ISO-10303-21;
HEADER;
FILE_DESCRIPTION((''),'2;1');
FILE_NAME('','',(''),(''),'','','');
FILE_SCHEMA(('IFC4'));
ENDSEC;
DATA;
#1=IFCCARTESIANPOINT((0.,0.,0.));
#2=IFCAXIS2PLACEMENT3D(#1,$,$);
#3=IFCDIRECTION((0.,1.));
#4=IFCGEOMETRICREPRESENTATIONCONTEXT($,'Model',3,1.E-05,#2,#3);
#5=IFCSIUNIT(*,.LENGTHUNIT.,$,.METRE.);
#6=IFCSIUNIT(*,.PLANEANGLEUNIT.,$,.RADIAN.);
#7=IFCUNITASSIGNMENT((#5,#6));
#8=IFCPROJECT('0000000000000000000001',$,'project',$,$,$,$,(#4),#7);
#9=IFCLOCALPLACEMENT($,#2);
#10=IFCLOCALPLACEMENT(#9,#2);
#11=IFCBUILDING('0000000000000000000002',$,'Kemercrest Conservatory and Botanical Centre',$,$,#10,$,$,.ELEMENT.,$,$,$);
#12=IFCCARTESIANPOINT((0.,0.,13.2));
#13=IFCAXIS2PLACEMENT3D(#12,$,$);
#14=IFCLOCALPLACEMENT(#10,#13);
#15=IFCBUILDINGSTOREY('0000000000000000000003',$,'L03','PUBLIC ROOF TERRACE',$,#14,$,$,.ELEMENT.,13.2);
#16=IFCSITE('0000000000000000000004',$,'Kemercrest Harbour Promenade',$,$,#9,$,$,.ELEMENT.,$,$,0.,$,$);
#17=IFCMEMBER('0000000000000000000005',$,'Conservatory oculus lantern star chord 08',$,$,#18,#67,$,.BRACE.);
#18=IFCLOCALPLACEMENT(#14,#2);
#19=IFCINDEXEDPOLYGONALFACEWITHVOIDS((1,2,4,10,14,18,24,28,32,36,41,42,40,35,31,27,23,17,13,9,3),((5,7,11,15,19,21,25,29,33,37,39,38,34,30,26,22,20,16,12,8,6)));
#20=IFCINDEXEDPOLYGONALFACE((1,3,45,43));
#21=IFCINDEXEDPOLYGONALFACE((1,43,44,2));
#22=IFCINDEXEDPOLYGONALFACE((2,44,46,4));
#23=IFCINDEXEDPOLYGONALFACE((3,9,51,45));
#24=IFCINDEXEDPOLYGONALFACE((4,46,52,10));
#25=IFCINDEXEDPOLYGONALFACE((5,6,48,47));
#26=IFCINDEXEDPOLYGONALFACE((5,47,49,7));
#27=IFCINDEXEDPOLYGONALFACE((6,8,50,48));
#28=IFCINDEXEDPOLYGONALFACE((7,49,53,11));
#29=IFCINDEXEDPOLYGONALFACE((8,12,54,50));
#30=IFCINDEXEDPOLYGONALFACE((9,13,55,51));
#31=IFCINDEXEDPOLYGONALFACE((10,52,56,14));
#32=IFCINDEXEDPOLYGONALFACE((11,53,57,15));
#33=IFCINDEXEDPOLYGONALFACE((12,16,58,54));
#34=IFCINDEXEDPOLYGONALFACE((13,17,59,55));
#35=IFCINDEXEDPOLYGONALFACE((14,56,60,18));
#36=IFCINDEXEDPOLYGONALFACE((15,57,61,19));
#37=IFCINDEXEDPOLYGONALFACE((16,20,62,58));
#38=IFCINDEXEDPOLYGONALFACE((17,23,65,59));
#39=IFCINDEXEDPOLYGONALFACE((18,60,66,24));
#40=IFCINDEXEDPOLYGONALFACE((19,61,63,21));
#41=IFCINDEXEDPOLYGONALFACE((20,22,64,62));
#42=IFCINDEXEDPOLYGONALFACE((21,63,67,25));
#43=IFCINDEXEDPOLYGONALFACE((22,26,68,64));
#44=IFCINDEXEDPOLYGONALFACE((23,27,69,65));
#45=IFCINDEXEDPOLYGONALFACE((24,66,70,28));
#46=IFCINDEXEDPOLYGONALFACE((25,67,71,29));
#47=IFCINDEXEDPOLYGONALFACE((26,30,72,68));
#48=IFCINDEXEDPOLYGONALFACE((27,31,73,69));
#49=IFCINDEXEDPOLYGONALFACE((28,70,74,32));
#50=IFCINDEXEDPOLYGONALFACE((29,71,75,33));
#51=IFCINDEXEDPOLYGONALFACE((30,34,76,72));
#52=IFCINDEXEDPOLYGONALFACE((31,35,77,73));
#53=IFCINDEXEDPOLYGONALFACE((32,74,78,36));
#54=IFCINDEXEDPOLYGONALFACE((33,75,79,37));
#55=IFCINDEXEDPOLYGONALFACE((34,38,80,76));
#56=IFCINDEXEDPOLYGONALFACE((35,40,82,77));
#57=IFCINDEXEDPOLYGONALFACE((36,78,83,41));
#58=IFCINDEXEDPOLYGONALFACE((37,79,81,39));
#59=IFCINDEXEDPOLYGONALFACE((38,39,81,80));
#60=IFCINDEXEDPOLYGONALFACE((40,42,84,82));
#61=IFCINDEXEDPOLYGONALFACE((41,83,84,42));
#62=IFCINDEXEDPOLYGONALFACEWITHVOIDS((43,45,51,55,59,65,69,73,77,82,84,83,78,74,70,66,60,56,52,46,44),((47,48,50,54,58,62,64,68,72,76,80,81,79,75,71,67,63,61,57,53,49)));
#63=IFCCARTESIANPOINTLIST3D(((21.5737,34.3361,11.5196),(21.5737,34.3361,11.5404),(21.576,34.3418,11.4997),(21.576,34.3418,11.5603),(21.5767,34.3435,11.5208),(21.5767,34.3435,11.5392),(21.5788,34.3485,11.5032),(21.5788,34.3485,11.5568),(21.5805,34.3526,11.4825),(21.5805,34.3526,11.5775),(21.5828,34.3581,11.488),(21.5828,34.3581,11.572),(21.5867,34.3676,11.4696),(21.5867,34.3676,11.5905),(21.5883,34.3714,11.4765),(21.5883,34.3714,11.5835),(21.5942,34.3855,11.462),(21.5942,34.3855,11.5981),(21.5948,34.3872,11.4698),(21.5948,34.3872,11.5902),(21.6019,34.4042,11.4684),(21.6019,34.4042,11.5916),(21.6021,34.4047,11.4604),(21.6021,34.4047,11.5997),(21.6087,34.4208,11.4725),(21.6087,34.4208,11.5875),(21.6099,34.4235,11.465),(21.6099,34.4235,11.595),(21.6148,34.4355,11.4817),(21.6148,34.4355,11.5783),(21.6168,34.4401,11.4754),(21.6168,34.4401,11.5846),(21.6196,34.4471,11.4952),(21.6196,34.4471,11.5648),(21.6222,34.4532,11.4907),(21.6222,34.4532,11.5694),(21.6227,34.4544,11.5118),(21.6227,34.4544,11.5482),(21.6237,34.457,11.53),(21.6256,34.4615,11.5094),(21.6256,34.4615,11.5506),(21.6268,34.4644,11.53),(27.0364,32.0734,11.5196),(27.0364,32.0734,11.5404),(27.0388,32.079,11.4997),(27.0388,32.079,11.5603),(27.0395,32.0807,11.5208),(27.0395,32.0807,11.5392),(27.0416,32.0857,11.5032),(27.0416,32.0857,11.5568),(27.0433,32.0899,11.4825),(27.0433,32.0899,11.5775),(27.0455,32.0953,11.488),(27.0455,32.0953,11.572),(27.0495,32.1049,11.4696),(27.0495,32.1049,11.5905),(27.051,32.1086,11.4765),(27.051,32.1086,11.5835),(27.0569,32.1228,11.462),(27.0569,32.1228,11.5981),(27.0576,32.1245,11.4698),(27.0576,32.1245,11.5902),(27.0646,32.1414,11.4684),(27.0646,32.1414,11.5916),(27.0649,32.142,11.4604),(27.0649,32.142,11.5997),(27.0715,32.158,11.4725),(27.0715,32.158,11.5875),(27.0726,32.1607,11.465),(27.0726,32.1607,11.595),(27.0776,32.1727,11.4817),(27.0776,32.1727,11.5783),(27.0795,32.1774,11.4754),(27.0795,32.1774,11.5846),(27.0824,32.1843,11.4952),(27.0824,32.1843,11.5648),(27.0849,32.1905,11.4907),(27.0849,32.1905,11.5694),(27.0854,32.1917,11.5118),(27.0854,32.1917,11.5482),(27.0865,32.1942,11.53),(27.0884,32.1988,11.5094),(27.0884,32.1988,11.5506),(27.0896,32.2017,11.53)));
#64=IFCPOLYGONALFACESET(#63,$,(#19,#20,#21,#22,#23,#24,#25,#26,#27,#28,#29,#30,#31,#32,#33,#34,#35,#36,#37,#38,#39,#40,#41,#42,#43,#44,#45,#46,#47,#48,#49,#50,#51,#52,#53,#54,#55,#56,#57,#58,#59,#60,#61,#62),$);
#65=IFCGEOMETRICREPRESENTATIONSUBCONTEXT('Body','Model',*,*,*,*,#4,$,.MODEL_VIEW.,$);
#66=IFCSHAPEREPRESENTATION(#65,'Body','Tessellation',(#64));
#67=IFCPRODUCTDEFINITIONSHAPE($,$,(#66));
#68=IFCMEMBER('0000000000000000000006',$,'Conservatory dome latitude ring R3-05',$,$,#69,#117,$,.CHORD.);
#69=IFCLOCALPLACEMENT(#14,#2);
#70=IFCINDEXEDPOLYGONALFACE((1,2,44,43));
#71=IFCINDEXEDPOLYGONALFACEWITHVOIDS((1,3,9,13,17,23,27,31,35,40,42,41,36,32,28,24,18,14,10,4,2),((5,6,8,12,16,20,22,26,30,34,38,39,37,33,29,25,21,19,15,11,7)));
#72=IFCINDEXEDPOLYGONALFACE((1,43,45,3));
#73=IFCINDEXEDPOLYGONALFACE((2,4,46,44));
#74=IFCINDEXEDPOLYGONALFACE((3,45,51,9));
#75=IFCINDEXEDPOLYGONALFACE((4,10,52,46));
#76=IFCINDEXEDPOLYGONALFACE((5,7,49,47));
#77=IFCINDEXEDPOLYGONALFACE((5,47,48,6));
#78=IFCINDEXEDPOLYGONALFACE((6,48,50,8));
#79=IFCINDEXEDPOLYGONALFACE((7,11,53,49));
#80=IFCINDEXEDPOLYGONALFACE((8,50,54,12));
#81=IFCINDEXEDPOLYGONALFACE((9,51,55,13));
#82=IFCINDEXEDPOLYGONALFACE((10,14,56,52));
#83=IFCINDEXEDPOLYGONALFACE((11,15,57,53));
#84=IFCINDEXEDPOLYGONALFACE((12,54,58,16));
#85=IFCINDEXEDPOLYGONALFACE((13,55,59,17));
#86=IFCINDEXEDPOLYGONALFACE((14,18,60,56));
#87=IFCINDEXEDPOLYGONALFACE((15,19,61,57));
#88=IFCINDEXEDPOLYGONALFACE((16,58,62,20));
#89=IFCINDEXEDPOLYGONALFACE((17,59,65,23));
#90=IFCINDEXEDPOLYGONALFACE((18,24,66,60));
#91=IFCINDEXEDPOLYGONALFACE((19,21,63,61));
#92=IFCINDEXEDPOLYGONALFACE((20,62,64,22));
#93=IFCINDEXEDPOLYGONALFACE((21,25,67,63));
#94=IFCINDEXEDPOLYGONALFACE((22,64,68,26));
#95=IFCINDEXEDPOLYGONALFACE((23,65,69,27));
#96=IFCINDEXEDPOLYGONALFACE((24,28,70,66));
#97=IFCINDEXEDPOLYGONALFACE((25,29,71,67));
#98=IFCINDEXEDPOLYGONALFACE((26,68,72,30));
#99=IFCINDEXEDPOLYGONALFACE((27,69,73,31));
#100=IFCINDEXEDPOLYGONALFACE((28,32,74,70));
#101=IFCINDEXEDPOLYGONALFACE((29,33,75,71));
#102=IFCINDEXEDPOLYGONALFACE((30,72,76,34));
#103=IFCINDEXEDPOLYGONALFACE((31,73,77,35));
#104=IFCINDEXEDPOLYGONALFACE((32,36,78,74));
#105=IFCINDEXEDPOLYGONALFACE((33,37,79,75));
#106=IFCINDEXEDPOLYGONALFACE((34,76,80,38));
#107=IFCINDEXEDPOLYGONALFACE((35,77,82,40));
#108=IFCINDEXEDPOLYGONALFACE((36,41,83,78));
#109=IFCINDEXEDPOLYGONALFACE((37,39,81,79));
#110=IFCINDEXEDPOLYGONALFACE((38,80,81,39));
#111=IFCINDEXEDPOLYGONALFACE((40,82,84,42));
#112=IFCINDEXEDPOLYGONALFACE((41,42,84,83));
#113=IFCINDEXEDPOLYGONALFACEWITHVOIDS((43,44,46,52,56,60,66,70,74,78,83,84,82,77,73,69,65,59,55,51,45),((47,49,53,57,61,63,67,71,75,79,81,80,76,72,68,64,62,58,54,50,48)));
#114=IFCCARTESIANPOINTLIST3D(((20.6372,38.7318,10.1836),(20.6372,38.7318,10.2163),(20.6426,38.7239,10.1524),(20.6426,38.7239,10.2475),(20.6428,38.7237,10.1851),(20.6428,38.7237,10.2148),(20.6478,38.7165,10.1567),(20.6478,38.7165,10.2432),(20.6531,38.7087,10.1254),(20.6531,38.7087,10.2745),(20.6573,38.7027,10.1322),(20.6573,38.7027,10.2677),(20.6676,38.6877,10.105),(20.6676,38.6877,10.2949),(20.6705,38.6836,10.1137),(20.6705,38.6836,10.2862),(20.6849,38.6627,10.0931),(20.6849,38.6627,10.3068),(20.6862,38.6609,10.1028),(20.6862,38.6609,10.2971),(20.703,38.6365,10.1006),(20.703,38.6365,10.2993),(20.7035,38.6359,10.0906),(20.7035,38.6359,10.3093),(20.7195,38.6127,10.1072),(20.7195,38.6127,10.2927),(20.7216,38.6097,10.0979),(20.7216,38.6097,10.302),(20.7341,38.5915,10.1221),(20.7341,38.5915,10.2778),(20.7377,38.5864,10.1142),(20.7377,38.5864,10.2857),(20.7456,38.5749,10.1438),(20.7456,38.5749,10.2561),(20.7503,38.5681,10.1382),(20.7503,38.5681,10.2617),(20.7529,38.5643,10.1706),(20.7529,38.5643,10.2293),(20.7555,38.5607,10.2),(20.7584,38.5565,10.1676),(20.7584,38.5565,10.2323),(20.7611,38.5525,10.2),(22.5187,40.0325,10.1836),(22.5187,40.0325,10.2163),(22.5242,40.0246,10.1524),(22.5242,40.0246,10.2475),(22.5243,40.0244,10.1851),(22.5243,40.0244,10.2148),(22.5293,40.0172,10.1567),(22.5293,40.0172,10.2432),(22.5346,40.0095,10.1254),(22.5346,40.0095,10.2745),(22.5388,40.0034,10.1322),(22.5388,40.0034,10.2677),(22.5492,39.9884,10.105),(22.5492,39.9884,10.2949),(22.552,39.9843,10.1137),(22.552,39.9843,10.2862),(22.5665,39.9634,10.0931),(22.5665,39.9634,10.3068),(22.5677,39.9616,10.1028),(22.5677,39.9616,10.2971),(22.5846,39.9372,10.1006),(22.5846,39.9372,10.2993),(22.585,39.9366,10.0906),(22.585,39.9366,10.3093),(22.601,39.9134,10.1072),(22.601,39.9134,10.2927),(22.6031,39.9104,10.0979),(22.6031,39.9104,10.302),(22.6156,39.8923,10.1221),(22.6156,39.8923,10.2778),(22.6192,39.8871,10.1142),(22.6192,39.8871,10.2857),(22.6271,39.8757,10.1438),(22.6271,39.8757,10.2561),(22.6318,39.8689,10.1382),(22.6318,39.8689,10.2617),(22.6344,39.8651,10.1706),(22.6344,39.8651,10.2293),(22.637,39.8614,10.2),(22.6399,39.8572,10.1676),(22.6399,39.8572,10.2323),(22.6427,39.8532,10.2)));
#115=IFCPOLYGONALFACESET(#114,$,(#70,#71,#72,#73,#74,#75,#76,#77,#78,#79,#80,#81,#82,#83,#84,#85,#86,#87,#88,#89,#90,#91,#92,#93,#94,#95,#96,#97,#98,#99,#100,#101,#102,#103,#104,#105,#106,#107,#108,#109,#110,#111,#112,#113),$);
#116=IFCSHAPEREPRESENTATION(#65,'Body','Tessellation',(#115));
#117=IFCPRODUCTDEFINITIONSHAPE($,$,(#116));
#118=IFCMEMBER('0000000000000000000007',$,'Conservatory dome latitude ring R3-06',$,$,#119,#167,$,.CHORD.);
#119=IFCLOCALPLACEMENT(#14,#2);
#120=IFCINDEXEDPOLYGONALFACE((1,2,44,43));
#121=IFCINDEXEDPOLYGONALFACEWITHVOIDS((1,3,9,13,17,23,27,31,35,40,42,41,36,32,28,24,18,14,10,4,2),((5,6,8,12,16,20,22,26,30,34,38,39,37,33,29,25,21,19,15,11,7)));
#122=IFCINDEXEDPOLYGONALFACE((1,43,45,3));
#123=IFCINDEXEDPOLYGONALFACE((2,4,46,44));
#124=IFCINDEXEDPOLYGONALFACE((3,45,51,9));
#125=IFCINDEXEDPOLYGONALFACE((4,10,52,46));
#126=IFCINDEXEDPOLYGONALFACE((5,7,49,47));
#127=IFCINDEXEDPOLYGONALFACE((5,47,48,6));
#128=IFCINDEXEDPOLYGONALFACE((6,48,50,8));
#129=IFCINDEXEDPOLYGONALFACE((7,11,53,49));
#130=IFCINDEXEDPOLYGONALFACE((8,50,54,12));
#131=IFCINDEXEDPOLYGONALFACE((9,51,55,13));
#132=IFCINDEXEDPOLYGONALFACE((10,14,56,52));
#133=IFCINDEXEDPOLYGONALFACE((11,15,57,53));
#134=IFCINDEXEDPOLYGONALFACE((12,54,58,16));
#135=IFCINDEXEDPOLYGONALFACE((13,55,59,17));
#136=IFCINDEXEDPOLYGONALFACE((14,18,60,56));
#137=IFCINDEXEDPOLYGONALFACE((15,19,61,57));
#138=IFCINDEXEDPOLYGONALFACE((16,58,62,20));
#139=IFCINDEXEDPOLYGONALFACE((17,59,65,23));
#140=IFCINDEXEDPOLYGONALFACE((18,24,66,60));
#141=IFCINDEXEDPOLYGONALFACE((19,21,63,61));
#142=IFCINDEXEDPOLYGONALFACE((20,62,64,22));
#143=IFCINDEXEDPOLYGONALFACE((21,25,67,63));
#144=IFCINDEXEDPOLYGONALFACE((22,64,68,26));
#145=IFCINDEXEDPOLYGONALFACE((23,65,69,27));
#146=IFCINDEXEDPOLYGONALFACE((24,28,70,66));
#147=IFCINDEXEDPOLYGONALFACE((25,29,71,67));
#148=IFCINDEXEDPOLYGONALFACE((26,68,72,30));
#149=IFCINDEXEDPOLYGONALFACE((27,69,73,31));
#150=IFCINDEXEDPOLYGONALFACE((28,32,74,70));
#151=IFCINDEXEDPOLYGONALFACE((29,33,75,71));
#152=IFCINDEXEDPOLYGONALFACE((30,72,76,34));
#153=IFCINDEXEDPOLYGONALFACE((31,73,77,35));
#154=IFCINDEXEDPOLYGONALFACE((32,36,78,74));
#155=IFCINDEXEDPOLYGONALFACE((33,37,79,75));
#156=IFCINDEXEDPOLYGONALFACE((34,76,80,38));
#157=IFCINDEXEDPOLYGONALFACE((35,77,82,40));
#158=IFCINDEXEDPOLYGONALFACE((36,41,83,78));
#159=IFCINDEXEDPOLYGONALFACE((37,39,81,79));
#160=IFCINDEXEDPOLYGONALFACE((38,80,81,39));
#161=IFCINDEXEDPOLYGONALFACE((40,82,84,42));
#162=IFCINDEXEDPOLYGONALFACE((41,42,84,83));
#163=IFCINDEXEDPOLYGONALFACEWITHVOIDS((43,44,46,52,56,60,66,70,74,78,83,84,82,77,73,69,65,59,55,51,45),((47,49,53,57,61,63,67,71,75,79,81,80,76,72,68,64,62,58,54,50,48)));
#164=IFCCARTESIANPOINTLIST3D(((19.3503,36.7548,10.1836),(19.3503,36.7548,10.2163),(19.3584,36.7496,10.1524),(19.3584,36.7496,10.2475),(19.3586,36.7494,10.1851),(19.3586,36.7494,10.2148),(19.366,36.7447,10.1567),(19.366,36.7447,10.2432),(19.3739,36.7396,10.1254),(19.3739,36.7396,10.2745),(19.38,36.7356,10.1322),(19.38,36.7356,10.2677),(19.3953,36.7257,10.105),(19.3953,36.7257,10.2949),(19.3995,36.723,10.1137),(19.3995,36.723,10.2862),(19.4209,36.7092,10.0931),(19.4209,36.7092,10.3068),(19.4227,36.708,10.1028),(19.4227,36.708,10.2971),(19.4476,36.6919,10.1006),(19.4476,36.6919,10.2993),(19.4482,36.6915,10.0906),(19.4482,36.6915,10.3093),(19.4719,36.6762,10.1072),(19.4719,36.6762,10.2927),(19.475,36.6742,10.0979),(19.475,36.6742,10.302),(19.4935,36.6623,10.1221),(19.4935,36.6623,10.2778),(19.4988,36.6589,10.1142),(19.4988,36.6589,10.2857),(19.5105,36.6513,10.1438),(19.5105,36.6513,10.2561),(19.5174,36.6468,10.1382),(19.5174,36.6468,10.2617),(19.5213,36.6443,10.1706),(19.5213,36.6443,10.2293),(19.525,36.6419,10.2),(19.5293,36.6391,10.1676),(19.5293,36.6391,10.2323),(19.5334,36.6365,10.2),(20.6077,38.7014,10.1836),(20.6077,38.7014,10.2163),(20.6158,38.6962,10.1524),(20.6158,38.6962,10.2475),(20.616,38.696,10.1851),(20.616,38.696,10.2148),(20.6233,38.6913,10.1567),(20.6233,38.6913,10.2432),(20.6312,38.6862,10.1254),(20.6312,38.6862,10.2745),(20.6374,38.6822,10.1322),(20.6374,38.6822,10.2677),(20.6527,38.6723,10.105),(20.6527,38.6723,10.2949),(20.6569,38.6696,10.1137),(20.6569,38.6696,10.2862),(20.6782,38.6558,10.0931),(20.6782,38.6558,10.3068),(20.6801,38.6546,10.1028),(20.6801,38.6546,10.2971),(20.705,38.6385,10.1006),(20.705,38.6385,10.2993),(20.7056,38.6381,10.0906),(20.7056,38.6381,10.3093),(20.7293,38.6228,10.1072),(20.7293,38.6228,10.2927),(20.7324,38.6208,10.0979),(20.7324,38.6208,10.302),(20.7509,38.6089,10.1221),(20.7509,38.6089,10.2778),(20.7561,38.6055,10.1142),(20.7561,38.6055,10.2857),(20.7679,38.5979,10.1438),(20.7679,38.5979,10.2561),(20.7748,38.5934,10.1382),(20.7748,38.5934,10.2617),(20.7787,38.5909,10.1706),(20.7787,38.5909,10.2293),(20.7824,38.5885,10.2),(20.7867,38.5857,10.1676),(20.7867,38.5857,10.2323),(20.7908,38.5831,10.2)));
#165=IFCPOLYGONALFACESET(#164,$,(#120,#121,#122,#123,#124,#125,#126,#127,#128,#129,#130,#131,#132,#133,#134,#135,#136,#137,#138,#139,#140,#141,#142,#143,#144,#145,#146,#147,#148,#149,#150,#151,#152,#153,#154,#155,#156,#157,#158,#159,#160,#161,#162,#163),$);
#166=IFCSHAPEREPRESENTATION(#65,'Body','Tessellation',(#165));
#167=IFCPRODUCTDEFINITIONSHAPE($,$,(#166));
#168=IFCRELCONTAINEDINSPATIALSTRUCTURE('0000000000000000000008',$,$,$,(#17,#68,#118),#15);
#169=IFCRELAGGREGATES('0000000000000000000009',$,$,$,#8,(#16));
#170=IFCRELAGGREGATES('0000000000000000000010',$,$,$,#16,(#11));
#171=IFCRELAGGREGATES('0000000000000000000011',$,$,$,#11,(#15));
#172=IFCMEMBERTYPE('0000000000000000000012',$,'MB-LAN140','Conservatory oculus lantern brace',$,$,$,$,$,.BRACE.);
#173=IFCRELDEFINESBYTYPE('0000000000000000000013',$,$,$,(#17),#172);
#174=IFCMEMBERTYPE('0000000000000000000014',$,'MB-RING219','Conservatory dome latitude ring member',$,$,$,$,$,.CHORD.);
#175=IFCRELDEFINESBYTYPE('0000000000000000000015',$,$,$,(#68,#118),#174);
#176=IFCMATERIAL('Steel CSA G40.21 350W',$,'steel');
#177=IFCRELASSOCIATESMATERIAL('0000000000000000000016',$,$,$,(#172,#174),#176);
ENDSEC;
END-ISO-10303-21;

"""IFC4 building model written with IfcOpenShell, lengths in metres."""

from ifc_helpers import new_model, si_unit, direction, frame, origin, origin_2d, place, context, subcontext, project, spatial, hollow_circle, extrude, material, material_profile, profile_set, type_object, element, save


model = new_model("IFC4")

# Units and contexts
model_context = context("Model", 3, precision=1e-05, world=origin(), true_north=direction((0.0, 1.0)))
body_context = subcontext(model_context, "Body", "Model", "MODEL_VIEW")
ifc_project = project(units=[si_unit("LENGTHUNIT", "METRE"), si_unit("PLANEANGLEUNIT", "RADIAN")], contexts=[model_context])

# Site, building, storey
site_placement = place(None, origin())
site = spatial("IfcSite", under=ifc_project, at=site_placement, Name="Kemercrest Harbour Promenade", CompositionType="ELEMENT", RefElevation=0.0)
building_placement = place(site_placement, origin())
building = spatial("IfcBuilding", under=site, at=building_placement, Name="Kemercrest Conservatory and Botanical Centre", CompositionType="ELEMENT")
storey_placement = place(building_placement, frame((0.0, 0.0, 13.2)))
storey = spatial("IfcBuildingStorey", under=building, at=storey_placement, Name="L03", Description="PUBLIC ROOF TERRACE", CompositionType="ELEMENT", Elevation=13.2)

# Shared definitions
ifc_material_1 = material(Name="Steel CSA G40.21 350W", Category="steel")

# Members
ifc_material_profile_1 = material_profile(ifc_material_1, hollow_circle(Radius=0.0698, WallThickness=0.0081, at=origin_2d()), Name="CHS 139.7x8.0")
ifc_profile_set_1 = profile_set([ifc_material_profile_1], Name="Steel CSA G40.21 350W")
member_type_1 = type_object("IfcMemberType", Name="MB-LAN140", Description="Conservatory oculus lantern brace", PredefinedType="BRACE", material=ifc_profile_set_1)
for number, where, z_axis, x_axis, name in (
    (1, (21.6001, 34.3999, 11.53), (0.92388, -0.382682, 0.0), (0.382682, 0.92388, 0.0), "Conservatory oculus lantern star chord 08"),
):
    element("IfcMember", number, at=place(storey_placement, frame(where, z_axis=z_axis, x_axis=x_axis)), inside=storey, type_object=member_type_1, Name=name, PredefinedType="BRACE", context=body_context, shape_type="SweptSolid", body=[
        extrude(hollow_circle(Radius=0.0698, WallThickness=0.0081, at=origin_2d()), origin(), (0.0, 0.0, 1.0), 5.9128),
    ])
ifc_material_profile_2 = material_profile(ifc_material_1, hollow_circle(Radius=0.1096, WallThickness=0.01, at=origin_2d()), Name="CHS 219.1x10.0")
ifc_profile_set_2 = profile_set([ifc_material_profile_2], Name="Steel CSA G40.21 350W")
member_type_2 = type_object("IfcMemberType", Name="MB-RING219", Description="Conservatory dome latitude ring member", PredefinedType="CHORD", material=ifc_profile_set_2)
member_1_placement = place(storey_placement, frame((22.5803, 39.9434, 10.2), z_axis=(-0.822572, -0.56866, 0.0), x_axis=(0.56866, -0.822572, 0.0)))
element("IfcMember", 2, at=member_1_placement, inside=storey, type_object=member_type_2, Name="Conservatory dome latitude ring R3-05", PredefinedType="CHORD", context=body_context, shape_type="SweptSolid", body=[
    extrude(hollow_circle(Radius=0.1096, WallThickness=0.01, at=origin_2d()), origin(), (0.0, 0.0, 1.0), 2.2874),
])
member_2_placement = place(storey_placement, frame((20.6987, 38.6426, 10.2), z_axis=(-0.542583, -0.840002, 0.0), x_axis=(0.840002, -0.542583, 0.0)))
element("IfcMember", 3, at=member_2_placement, inside=storey, type_object=member_type_2, Name="Conservatory dome latitude ring R3-06", PredefinedType="CHORD", context=body_context, shape_type="SweptSolid", body=[
    extrude(hollow_circle(Radius=0.1096, WallThickness=0.01, at=origin_2d()), origin(), (0.0, 0.0, 1.0), 2.3174),
])

save(model, "model.ifc")
